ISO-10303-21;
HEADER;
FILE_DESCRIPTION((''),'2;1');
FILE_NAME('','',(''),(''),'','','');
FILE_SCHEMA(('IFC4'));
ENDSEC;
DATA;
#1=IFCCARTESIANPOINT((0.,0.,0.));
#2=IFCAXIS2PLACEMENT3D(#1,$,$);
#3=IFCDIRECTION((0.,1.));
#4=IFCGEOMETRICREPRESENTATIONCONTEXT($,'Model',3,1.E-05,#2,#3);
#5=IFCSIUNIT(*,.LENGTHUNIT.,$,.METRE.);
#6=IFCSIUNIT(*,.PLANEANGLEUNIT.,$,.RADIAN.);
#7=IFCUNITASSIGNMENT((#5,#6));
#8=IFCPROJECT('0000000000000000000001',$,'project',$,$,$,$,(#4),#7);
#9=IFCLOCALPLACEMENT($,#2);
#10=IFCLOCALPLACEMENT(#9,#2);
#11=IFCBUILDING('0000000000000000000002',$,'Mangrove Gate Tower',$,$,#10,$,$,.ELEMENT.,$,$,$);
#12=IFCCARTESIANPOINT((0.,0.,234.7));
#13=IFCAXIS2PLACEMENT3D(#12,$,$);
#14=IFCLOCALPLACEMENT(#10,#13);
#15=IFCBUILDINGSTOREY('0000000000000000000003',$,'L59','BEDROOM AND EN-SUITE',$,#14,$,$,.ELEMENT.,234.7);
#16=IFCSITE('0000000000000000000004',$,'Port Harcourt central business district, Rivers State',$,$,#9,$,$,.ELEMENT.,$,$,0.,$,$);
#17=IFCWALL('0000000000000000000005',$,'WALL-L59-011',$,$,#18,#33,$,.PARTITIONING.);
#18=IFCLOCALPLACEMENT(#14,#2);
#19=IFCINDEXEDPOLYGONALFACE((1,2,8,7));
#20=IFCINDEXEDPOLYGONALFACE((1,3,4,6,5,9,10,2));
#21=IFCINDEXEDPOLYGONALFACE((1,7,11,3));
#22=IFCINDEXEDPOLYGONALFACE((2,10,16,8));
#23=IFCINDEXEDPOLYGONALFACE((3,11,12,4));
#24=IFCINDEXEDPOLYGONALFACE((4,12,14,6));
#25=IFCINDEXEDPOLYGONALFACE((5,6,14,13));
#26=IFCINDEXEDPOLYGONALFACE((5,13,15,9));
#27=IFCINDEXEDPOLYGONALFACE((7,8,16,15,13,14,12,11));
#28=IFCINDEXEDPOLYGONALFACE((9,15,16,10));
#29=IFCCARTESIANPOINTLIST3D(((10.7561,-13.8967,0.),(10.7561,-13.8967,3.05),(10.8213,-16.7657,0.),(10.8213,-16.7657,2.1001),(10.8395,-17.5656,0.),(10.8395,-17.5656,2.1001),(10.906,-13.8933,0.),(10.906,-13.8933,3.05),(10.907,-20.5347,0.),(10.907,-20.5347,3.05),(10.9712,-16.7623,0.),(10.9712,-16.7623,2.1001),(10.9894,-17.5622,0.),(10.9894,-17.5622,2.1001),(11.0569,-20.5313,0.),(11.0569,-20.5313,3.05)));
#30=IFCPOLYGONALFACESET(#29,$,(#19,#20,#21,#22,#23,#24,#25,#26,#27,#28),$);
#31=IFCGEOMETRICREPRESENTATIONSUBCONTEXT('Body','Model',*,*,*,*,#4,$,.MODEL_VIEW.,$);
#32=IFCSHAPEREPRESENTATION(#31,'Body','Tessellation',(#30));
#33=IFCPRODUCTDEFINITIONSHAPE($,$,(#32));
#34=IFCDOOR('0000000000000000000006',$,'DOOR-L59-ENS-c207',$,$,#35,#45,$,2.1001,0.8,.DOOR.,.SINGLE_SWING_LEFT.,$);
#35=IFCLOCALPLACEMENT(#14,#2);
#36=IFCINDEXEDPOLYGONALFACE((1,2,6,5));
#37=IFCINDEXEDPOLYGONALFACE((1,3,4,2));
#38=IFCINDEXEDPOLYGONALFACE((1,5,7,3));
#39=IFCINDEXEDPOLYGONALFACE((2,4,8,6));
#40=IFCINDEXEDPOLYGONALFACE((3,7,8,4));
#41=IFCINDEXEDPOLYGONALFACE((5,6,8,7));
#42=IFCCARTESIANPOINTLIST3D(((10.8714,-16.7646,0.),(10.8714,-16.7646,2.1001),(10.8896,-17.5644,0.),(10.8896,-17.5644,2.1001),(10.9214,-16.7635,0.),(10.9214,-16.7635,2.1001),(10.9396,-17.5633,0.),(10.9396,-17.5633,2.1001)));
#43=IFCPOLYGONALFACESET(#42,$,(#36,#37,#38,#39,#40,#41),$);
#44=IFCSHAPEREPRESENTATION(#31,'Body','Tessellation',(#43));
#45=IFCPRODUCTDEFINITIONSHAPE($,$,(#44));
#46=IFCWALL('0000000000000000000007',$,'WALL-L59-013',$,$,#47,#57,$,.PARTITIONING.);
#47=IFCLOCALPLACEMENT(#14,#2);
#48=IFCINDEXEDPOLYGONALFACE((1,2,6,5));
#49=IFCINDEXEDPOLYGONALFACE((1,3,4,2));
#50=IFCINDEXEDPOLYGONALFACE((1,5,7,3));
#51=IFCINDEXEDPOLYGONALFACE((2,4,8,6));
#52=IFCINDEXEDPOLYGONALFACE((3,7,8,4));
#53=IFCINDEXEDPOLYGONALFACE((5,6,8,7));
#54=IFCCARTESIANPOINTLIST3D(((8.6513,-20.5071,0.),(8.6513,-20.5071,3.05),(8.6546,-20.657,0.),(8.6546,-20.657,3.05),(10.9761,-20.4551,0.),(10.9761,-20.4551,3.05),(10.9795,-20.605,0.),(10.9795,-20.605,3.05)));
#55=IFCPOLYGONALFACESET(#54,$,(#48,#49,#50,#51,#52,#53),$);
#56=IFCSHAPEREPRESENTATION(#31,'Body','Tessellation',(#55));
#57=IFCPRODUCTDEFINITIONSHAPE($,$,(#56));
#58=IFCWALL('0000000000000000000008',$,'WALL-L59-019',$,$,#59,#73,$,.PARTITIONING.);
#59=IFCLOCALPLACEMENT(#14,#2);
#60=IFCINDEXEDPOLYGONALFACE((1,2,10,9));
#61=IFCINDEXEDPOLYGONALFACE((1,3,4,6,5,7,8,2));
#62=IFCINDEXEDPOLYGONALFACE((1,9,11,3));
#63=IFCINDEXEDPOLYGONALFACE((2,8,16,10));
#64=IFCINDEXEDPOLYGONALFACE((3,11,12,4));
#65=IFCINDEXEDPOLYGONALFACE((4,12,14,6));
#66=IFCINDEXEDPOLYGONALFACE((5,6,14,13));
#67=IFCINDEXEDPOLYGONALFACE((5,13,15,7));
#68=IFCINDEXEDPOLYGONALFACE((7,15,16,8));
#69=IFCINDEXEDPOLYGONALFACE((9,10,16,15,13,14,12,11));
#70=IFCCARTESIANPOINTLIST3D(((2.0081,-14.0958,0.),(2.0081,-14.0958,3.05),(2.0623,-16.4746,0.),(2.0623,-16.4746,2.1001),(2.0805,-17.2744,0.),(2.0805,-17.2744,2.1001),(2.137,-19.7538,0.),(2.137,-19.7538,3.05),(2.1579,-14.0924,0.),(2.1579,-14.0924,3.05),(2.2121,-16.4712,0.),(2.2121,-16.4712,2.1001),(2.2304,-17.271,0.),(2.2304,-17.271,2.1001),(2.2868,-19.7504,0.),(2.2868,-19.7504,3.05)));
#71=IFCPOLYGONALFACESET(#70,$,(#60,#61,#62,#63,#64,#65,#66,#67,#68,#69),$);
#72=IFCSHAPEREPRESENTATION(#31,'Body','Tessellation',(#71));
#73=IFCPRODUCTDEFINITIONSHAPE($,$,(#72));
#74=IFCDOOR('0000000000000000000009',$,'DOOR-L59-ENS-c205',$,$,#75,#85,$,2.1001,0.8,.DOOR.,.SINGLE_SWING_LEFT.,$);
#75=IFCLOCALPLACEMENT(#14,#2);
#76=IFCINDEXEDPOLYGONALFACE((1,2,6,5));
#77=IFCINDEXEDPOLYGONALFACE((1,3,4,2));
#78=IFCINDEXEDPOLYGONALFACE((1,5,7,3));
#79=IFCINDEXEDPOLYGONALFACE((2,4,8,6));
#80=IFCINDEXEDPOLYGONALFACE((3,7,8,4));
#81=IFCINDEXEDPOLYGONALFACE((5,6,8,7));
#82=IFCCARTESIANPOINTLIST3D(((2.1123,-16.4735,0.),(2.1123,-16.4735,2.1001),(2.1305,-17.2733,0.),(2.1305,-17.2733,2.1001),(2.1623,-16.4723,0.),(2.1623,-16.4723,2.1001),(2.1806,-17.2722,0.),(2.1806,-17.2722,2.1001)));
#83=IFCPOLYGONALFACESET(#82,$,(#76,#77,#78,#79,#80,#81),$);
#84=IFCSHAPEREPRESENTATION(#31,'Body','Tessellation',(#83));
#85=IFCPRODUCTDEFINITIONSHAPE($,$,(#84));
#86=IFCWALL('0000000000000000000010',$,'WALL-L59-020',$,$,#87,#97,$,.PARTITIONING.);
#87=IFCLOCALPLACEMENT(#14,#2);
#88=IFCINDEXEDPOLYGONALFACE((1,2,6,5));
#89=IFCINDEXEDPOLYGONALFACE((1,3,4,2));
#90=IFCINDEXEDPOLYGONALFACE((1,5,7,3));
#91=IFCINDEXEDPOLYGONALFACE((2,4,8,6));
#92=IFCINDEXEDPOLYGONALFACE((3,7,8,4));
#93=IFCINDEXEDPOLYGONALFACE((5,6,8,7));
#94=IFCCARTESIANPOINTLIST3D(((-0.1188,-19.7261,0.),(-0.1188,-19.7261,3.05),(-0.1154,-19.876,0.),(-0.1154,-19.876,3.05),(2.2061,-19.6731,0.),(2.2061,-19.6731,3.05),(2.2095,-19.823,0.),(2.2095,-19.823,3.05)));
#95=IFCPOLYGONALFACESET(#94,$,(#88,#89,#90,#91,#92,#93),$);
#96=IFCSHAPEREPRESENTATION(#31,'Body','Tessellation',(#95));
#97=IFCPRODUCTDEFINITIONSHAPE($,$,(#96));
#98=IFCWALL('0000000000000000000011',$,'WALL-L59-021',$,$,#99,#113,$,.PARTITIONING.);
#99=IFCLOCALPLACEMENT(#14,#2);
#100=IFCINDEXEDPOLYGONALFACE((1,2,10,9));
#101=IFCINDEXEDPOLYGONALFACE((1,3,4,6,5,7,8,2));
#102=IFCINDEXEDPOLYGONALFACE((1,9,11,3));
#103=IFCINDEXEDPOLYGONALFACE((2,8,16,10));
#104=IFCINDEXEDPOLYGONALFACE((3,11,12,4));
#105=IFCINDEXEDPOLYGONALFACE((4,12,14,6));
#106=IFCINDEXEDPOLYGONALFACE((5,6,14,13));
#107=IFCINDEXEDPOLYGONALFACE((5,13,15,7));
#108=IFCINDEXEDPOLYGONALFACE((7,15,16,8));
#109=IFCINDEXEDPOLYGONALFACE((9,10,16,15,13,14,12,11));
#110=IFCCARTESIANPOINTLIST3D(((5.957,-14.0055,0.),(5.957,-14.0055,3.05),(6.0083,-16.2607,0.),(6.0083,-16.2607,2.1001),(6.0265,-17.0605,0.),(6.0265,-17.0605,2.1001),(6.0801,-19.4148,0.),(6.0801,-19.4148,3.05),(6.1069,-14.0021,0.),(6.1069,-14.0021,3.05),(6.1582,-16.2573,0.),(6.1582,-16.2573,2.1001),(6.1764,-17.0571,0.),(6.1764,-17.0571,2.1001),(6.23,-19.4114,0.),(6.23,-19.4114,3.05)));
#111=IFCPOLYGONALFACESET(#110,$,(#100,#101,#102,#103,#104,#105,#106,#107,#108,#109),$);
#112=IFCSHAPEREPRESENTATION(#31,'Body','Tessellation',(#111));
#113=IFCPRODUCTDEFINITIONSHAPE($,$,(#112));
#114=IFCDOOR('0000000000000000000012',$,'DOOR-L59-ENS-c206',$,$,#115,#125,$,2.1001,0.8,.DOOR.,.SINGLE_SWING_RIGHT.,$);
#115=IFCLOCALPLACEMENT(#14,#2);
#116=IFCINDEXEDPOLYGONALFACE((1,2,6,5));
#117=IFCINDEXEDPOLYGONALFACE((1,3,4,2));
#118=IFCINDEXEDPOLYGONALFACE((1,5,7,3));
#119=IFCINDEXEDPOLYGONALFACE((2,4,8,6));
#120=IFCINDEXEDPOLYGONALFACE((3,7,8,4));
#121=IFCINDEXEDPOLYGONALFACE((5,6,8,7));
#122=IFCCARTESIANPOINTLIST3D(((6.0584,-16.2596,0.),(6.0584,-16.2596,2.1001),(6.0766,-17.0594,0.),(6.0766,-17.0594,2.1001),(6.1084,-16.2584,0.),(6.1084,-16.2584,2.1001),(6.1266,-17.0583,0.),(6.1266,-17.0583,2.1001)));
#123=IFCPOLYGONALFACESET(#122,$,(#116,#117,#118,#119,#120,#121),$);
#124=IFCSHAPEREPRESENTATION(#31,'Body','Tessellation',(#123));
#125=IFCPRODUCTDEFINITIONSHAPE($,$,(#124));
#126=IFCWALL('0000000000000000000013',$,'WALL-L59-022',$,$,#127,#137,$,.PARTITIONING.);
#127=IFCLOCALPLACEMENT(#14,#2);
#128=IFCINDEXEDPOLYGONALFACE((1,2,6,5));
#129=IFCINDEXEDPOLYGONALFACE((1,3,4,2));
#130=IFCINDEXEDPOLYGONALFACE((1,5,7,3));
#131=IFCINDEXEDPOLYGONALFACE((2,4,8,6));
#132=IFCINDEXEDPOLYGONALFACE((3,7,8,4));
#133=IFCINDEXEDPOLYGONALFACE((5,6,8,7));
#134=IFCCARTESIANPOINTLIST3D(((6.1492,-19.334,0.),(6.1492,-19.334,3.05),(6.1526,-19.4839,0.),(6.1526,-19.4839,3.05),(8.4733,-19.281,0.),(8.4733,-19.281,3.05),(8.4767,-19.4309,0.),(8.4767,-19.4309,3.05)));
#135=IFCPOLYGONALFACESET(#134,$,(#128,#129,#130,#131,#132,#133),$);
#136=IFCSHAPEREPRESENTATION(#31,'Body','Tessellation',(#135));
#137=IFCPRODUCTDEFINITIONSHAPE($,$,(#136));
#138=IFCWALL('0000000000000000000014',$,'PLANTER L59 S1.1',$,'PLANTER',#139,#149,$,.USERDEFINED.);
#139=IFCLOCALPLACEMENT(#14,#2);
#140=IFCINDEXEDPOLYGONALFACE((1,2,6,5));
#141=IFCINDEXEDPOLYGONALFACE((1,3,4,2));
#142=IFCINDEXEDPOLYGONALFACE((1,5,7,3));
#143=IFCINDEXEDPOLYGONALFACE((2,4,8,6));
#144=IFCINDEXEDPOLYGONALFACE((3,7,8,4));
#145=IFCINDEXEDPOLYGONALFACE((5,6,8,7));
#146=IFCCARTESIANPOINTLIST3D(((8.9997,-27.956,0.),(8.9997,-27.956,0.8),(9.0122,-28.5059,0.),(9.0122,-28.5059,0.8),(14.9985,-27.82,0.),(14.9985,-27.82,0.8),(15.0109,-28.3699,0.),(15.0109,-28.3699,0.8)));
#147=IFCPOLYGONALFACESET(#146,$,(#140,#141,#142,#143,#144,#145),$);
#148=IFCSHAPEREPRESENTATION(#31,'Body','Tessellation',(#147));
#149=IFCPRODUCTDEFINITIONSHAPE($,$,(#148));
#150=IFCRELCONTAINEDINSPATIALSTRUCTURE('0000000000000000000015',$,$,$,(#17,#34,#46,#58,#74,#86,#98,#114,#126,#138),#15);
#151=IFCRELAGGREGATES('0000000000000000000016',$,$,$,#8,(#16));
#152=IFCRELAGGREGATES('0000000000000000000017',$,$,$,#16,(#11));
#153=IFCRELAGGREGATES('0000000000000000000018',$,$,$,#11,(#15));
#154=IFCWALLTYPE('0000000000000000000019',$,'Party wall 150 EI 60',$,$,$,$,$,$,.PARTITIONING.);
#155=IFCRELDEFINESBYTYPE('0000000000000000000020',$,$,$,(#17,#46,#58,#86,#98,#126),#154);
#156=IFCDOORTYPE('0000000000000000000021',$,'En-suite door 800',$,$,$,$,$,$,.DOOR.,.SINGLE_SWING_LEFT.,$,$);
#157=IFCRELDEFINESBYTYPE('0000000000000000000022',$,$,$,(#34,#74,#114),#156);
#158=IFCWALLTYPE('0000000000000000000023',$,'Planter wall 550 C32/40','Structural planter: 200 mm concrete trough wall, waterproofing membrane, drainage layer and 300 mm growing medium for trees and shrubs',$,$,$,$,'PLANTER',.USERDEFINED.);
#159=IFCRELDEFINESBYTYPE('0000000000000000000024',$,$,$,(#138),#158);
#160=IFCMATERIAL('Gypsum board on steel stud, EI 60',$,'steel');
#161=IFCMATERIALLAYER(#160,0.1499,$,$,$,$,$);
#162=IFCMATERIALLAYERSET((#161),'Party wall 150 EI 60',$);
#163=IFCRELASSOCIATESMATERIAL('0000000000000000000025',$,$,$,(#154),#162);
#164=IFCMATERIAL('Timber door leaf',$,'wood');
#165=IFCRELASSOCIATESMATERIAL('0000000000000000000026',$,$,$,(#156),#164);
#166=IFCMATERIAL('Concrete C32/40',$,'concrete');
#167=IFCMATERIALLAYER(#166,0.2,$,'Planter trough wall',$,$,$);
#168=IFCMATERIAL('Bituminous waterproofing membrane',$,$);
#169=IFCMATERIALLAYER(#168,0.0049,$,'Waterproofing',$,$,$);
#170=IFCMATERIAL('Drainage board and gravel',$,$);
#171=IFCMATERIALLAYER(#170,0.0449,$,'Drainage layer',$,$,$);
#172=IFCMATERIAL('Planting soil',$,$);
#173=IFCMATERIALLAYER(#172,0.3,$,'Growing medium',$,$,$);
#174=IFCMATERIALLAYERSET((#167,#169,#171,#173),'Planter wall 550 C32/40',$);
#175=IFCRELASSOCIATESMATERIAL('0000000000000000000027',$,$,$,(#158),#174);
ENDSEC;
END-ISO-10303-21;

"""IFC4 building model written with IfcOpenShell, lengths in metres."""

from ifc_helpers import new_model, si_unit, direction, frame, frame_2d, origin, place, context, subcontext, project, spatial, rectangle, extrude, material, layer, layer_set, type_object, element, fill, save


model = new_model("IFC4")

# Units and contexts
model_context = context("Model", 3, precision=1e-05, world=origin(), true_north=direction((0.0, 1.0)))
body_context = subcontext(model_context, "Body", "Model", "MODEL_VIEW")
ifc_project = project(units=[si_unit("LENGTHUNIT", "METRE"), si_unit("PLANEANGLEUNIT", "RADIAN")], contexts=[model_context])

# Site, building, storey
site_placement = place(None, origin())
site = spatial("IfcSite", under=ifc_project, at=site_placement, Name="Port Harcourt central business district, Rivers State", CompositionType="ELEMENT", RefElevation=0.0)
building_placement = place(site_placement, origin())
building = spatial("IfcBuilding", under=site, at=building_placement, Name="Mangrove Gate Tower", CompositionType="ELEMENT")
storey_placement = place(building_placement, frame((0.0, 0.0, 234.7)))
storey = spatial("IfcBuildingStorey", under=building, at=storey_placement, Name="L59", Description="BEDROOM AND EN-SUITE", CompositionType="ELEMENT", Elevation=234.7)

# Shared definitions
ifc_material_1 = material(Name="Gypsum board on steel stud, EI 60", Category="steel")
ifc_layer_1 = layer(ifc_material_1, 0.1499)
ifc_layer_set_1 = layer_set([ifc_layer_1], Name="Party wall 150 EI 60")
wall_type_1 = type_object("IfcWallType", Name="Party wall 150 EI 60", PredefinedType="PARTITIONING", material=ifc_layer_set_1)

# Wall, opening, door
wall_1_placement = place(storey_placement, frame((10.9819, -20.533, 0.0), z_axis=(0.0, 0.0, 1.0), x_axis=(-0.022724, 0.999742, 0.0)))
wall_1 = element("IfcWall", 1, at=wall_1_placement, inside=storey, type_object=wall_type_1, Name="WALL-L59-011", PredefinedType="PARTITIONING", context=body_context, shape_type="SweptSolid", body=[
    extrude(rectangle(XDim=6.6396, YDim=0.1499, at=frame_2d((3.3198, 0.0))), origin(), (0.0, 0.0, 1.0), 3.05),
])
opening_1_placement = place(wall_1_placement, frame((2.97, 0.0, 0.0)))
opening_1 = element("IfcOpeningElement", 2, at=opening_1_placement, cuts=wall_1, PredefinedType="OPENING", context=body_context, shape_type="SweptSolid", body=[
    extrude(rectangle(XDim=0.8, YDim=2.1001, at=frame_2d((0.3999, 1.05))), frame((0.0, 0.085, 0.0), z_axis=(0.0, -1.0, 0.0), x_axis=(1.0, 0.0, 0.0)), (0.0, 0.0, 1.0), 0.1699),
])
ifc_material_2 = material(Name="Timber door leaf", Category="wood")
door_type_1 = type_object("IfcDoorType", Name="En-suite door 800", OperationType="SINGLE_SWING_LEFT", PredefinedType="DOOR", material=ifc_material_2)
door_1_placement = place(opening_1_placement, origin())
door_1 = element("IfcDoor", 3, at=door_1_placement, inside=storey, type_object=door_type_1, Name="DOOR-L59-ENS-c207", OperationType="SINGLE_SWING_LEFT", OverallHeight=2.1001, OverallWidth=0.8, PredefinedType="DOOR", context=body_context, shape_type="SweptSolid", body=[
    extrude(rectangle(XDim=0.8, YDim=2.1001, at=frame_2d((0.3999, 1.05))), frame((0.0, 0.0249, 0.0), z_axis=(0.0, -1.0, 0.0), x_axis=(1.0, 0.0, 0.0)), (0.0, 0.0, 1.0), 0.05),
])
fill(opening_1, door_1)

# Wall
wall_2_placement = place(storey_placement, frame((8.6531, -20.582, 0.0), z_axis=(0.0, 0.0, 1.0), x_axis=(0.99975, 0.022361, 0.0)))
element("IfcWall", 4, at=wall_2_placement, inside=storey, type_object=wall_type_1, Name="WALL-L59-013", PredefinedType="PARTITIONING", context=body_context, shape_type="SweptSolid", body=[
    extrude(rectangle(XDim=2.3254, YDim=0.1499, at=frame_2d((1.1626, 0.0))), origin(), (0.0, 0.0, 1.0), 3.05),
])

# Wall, opening, door
wall_3_placement = place(storey_placement, frame((2.2119, -19.752, 0.0), z_axis=(0.0, 0.0, 1.0), x_axis=(-0.022777, 0.999741, 0.0)))
wall_3 = element("IfcWall", 5, at=wall_3_placement, inside=storey, type_object=wall_type_1, Name="WALL-L59-019", PredefinedType="PARTITIONING", context=body_context, shape_type="SweptSolid", body=[
    extrude(rectangle(XDim=5.6594, YDim=0.1499, at=frame_2d((2.8296, 0.0))), origin(), (0.0, 0.0, 1.0), 3.05),
])
opening_2_placement = place(wall_3_placement, frame((2.48, 0.0, 0.0)))
opening_2 = element("IfcOpeningElement", 6, at=opening_2_placement, cuts=wall_3, PredefinedType="OPENING", context=body_context, shape_type="SweptSolid", body=[
    extrude(rectangle(XDim=0.8, YDim=2.1001, at=frame_2d((0.3999, 1.05))), frame((0.0, 0.085, 0.0), z_axis=(0.0, -1.0, 0.0), x_axis=(1.0, 0.0, 0.0)), (0.0, 0.0, 1.0), 0.1699),
])
door_2_placement = place(opening_2_placement, origin())
door_2 = element("IfcDoor", 7, at=door_2_placement, inside=storey, type_object=door_type_1, Name="DOOR-L59-ENS-c205", OperationType="SINGLE_SWING_LEFT", OverallHeight=2.1001, OverallWidth=0.8, PredefinedType="DOOR", context=body_context, shape_type="SweptSolid", body=[
    extrude(rectangle(XDim=0.8, YDim=2.1001, at=frame_2d((0.3999, 1.05))), frame((0.0, 0.0249, 0.0), z_axis=(0.0, -1.0, 0.0), x_axis=(1.0, 0.0, 0.0)), (0.0, 0.0, 1.0), 0.05),
])
fill(opening_2, door_2)

# Wall
wall_4_placement = place(storey_placement, frame((-0.1169, -19.801, 0.0), z_axis=(0.0, 0.0, 1.0), x_axis=(0.99974, 0.022781, 0.0)))
element("IfcWall", 8, at=wall_4_placement, inside=storey, type_object=wall_type_1, Name="WALL-L59-020", PredefinedType="PARTITIONING", context=body_context, shape_type="SweptSolid", body=[
    extrude(rectangle(XDim=2.3254, YDim=0.1499, at=frame_2d((1.1626, 0.0))), origin(), (0.0, 0.0, 1.0), 3.05),
])

# Wall, opening, door
wall_5_placement = place(storey_placement, frame((6.155, -19.4131, 0.0), z_axis=(0.0, 0.0, 1.0), x_axis=(-0.022742, 0.999741, 0.0)))
wall_5 = element("IfcWall", 9, at=wall_5_placement, inside=storey, type_object=wall_type_1, Name="WALL-L59-021", PredefinedType="PARTITIONING", context=body_context, shape_type="SweptSolid", body=[
    extrude(rectangle(XDim=5.4106, YDim=0.1499, at=frame_2d((2.7053, 0.0))), origin(), (0.0, 0.0, 1.0), 3.05),
])
opening_3_placement = place(wall_5_placement, frame((2.355, 0.0, 0.0)))
opening_3 = element("IfcOpeningElement", 10, at=opening_3_placement, cuts=wall_5, PredefinedType="OPENING", context=body_context, shape_type="SweptSolid", body=[
    extrude(rectangle(XDim=0.8, YDim=2.1001, at=frame_2d((0.3999, 1.05))), frame((0.0, 0.085, 0.0), z_axis=(0.0, -1.0, 0.0), x_axis=(1.0, 0.0, 0.0)), (0.0, 0.0, 1.0), 0.1699),
])
door_3_placement = place(opening_3_placement, origin())
door_3 = element("IfcDoor", 11, at=door_3_placement, inside=storey, type_object=door_type_1, Name="DOOR-L59-ENS-c206", OperationType="SINGLE_SWING_RIGHT", OverallHeight=2.1001, OverallWidth=0.8, PredefinedType="DOOR", context=body_context, shape_type="SweptSolid", body=[
    extrude(rectangle(XDim=0.8, YDim=2.1001, at=frame_2d((0.3999, 1.05))), frame((0.0, 0.0249, 0.0), z_axis=(0.0, -1.0, 0.0), x_axis=(1.0, 0.0, 0.0)), (0.0, 0.0, 1.0), 0.05),
])
fill(opening_3, door_3)

# Walls
wall_6_placement = place(storey_placement, frame((6.1509, -19.4089, 0.0), z_axis=(0.0, 0.0, 1.0), x_axis=(0.99974, 0.022788, 0.0)))
element("IfcWall", 12, at=wall_6_placement, inside=storey, type_object=wall_type_1, Name="WALL-L59-022", PredefinedType="PARTITIONING", context=body_context, shape_type="SweptSolid", body=[
    extrude(rectangle(XDim=2.3247, YDim=0.1499, at=frame_2d((1.1624, 0.0))), origin(), (0.0, 0.0, 1.0), 3.05),
])
ifc_material_3 = material(Name="Concrete C32/40", Category="concrete")
ifc_layer_2 = layer(ifc_material_3, 0.2, Name="Planter trough wall")
ifc_material_4 = material(Name="Bituminous waterproofing membrane")
ifc_layer_3 = layer(ifc_material_4, 0.0049, Name="Waterproofing")
ifc_material_5 = material(Name="Drainage board and gravel")
ifc_layer_4 = layer(ifc_material_5, 0.0449, Name="Drainage layer")
ifc_material_6 = material(Name="Planting soil")
ifc_layer_5 = layer(ifc_material_6, 0.3, Name="Growing medium")
ifc_layer_set_2 = layer_set([ifc_layer_2, ifc_layer_3, ifc_layer_4, ifc_layer_5], Name="Planter wall 550 C32/40")
wall_type_2 = type_object("IfcWallType", Name="Planter wall 550 C32/40", Description="Structural planter: 200 mm concrete trough wall, waterproofing membrane, drainage layer and 300 mm growing medium for trees and shrubs", ElementType="PLANTER", PredefinedType="USERDEFINED", material=ifc_layer_set_2)
wall_7_placement = place(storey_placement, frame((9.0061, -28.231, 0.0), z_axis=(0.0, 0.0, 1.0), x_axis=(0.999743, 0.022663, 0.0)))
element("IfcWall", 13, at=wall_7_placement, inside=storey, type_object=wall_type_2, Name="PLANTER L59 S1.1", ObjectType="PLANTER", PredefinedType="USERDEFINED", context=body_context, shape_type="SweptSolid", body=[
    extrude(rectangle(XDim=6.0002, YDim=0.55, at=frame_2d((3.0, 0.0))), origin(), (0.0, 0.0, 1.0), 0.8),
])

save(model, "model.ifc")
